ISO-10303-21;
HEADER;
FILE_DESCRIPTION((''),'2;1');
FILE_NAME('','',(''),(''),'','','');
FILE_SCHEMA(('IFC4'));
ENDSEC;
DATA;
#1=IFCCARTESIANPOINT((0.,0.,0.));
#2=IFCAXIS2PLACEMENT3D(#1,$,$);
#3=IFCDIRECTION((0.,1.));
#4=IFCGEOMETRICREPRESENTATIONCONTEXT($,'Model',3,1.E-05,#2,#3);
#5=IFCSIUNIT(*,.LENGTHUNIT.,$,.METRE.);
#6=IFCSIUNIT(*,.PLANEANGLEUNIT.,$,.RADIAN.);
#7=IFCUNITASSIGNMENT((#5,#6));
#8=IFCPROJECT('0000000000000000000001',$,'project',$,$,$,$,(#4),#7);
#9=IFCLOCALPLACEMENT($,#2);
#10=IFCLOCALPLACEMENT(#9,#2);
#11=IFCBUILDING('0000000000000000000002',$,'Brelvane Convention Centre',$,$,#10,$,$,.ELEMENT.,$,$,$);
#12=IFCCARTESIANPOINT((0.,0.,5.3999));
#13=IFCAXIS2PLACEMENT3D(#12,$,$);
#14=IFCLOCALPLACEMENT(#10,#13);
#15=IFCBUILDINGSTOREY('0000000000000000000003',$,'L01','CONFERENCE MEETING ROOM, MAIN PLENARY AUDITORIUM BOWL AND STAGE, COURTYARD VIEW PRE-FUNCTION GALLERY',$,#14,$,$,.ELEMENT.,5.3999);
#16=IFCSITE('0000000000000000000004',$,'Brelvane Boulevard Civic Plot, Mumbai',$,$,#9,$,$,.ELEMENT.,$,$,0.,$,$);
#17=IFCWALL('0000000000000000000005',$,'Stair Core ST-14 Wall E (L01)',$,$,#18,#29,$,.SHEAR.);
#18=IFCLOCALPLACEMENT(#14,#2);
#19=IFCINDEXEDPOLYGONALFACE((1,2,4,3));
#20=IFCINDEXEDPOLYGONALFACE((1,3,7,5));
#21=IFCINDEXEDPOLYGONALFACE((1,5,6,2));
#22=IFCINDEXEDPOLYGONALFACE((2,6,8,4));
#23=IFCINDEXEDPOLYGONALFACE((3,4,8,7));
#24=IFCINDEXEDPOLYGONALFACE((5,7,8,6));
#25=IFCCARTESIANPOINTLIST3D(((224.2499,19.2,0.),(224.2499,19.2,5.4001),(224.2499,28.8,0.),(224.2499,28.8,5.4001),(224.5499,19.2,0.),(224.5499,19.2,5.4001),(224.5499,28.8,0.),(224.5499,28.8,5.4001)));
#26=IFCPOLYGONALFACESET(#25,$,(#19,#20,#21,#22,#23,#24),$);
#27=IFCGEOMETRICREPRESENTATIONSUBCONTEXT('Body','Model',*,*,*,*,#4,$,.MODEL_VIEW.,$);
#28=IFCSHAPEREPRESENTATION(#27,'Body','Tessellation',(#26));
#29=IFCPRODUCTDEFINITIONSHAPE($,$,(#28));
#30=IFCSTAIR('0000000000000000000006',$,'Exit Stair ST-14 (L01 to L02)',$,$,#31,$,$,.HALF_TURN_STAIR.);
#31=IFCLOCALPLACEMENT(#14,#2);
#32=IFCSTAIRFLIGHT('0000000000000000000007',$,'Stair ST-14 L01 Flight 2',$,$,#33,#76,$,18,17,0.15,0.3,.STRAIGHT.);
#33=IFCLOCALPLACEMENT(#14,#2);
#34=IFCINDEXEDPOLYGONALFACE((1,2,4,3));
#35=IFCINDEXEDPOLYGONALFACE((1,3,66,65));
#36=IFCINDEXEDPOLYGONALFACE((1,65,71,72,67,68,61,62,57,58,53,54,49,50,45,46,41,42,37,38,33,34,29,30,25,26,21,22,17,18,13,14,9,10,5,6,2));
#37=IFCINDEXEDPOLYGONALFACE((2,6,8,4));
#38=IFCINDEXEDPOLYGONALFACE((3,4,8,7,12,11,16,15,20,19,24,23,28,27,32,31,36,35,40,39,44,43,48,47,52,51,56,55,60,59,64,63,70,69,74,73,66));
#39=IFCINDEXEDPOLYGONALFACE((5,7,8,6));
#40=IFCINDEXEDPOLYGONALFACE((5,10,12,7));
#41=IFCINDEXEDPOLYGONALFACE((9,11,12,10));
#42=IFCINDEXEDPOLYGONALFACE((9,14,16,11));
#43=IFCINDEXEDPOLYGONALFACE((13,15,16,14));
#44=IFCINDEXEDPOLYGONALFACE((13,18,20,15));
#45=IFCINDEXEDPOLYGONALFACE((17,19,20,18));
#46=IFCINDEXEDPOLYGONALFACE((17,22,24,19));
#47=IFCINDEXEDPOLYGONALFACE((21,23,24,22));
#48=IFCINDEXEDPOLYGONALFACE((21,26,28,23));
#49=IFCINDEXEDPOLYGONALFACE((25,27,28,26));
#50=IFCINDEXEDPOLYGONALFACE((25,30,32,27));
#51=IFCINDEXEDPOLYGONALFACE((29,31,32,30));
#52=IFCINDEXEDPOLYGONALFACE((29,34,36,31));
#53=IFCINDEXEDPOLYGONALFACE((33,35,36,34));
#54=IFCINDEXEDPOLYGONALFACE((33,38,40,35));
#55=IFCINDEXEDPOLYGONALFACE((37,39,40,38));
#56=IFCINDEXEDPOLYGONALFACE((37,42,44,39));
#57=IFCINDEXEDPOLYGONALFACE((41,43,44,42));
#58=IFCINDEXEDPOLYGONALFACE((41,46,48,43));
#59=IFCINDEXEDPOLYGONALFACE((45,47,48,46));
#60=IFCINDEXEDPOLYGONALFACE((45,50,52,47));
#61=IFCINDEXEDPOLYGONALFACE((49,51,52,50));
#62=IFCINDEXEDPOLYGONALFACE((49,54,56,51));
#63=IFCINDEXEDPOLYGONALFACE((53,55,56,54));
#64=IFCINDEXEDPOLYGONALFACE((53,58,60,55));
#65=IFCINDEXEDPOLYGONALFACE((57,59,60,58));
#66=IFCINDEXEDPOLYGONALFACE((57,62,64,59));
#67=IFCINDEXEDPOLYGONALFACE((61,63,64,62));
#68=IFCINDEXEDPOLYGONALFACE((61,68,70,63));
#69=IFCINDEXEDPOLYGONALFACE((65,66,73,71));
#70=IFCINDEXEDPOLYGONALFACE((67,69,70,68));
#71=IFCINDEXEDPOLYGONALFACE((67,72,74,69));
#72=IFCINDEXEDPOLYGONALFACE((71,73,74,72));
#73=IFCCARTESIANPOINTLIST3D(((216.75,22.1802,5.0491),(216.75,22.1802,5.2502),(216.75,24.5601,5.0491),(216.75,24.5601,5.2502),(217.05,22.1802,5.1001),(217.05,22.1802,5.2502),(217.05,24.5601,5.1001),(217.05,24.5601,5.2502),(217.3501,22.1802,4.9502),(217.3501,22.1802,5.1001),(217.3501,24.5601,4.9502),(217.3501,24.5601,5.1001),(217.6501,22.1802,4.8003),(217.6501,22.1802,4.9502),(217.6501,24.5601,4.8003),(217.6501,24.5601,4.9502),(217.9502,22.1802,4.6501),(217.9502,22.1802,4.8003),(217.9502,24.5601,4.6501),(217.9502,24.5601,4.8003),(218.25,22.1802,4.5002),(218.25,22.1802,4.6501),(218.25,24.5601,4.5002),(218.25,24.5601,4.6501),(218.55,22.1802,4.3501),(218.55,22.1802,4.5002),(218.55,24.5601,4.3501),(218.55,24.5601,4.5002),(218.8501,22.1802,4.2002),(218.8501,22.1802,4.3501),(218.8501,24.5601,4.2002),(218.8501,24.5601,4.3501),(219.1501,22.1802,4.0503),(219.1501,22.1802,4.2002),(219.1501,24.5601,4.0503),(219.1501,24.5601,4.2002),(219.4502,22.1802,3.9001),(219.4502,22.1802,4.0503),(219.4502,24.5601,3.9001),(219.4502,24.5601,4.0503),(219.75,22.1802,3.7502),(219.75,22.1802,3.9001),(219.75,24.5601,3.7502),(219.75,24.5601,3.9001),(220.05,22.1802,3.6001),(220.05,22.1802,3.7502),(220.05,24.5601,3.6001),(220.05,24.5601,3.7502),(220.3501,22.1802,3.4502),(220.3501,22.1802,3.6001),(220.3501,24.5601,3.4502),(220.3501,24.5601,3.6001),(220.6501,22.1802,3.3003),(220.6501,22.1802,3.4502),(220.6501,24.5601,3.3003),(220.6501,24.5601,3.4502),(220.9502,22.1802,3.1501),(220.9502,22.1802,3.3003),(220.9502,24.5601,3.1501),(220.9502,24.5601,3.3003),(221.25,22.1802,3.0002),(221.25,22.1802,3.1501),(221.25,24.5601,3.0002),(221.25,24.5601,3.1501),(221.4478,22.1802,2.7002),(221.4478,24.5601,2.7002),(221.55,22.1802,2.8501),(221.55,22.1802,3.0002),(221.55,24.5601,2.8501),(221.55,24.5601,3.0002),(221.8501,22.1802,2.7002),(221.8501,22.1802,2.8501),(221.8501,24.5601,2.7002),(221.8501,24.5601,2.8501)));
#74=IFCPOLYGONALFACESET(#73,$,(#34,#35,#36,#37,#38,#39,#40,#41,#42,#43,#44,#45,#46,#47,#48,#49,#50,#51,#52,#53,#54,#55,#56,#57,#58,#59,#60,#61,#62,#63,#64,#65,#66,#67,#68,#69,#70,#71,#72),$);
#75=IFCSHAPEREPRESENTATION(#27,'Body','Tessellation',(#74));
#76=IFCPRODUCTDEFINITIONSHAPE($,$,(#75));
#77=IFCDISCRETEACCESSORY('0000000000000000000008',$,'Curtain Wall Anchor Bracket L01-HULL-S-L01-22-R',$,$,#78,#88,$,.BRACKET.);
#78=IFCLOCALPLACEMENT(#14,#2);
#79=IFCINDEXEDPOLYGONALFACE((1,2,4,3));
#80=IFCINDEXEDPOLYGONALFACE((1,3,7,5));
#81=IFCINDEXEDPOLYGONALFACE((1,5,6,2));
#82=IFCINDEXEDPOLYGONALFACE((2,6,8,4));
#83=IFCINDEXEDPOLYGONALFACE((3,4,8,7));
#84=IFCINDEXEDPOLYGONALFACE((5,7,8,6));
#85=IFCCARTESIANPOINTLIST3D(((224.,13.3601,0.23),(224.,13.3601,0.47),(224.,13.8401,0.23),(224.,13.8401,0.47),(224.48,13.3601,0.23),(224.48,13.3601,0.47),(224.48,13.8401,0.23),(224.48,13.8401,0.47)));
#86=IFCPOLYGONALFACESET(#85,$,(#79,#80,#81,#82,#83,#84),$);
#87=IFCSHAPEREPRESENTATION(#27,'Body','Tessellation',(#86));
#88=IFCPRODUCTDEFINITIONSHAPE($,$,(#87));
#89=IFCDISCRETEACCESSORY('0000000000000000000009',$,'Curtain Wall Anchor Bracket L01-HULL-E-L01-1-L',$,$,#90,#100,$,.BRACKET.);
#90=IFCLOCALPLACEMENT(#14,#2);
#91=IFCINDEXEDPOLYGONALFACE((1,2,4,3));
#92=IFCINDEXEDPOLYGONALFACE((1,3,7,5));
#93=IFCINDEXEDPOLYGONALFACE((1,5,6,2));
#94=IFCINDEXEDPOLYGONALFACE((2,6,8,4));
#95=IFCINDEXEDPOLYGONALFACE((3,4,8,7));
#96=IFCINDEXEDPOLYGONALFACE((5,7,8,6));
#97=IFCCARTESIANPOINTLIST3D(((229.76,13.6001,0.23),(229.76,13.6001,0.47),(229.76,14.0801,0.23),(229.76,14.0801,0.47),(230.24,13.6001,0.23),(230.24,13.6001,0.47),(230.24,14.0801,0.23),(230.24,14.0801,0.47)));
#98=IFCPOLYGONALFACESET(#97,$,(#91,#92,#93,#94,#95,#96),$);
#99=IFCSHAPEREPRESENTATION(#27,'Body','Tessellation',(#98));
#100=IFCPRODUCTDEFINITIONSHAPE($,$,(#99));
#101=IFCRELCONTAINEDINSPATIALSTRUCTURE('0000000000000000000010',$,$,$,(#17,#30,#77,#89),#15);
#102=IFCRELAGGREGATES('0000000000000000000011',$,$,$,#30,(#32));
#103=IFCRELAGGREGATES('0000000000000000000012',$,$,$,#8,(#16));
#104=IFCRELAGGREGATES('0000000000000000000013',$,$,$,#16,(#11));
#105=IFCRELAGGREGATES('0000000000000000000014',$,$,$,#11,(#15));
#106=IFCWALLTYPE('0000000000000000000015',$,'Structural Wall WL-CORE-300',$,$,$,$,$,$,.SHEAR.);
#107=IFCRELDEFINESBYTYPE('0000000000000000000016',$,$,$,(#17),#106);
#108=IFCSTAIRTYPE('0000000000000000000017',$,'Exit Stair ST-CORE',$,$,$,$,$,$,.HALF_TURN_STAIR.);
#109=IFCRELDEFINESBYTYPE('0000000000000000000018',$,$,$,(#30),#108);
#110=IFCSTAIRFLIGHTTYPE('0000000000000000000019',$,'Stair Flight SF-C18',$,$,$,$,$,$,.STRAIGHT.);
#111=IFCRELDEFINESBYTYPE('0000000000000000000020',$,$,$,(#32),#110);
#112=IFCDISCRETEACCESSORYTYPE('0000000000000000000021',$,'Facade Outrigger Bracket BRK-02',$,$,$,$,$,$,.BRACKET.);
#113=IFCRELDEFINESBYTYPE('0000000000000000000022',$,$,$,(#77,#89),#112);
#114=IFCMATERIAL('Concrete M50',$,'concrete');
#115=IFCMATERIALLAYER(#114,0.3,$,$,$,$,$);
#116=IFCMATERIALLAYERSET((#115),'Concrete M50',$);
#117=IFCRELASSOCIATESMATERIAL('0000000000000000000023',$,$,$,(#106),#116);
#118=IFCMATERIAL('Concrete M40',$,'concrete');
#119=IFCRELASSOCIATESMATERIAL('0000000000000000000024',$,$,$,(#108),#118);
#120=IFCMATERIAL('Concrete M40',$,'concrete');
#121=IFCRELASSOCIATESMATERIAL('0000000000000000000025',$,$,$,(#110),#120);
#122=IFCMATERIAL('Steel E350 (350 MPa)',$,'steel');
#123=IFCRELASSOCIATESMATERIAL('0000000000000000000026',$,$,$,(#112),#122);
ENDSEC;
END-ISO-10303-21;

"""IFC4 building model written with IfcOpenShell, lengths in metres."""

from ifc_helpers import new_model, si_unit, direction, frame, frame_2d, origin, origin_2d, place, context, subcontext, project, spatial, polyline, rectangle, outline, extrude, material, layer, layer_set, type_object, element, aggregate, save


model = new_model("IFC4")

# Units and contexts
model_context = context("Model", 3, precision=1e-05, world=origin(), true_north=direction((0.0, 1.0)))
body_context = subcontext(model_context, "Body", "Model", "MODEL_VIEW")
ifc_project = project(units=[si_unit("LENGTHUNIT", "METRE"), si_unit("PLANEANGLEUNIT", "RADIAN")], contexts=[model_context])

# Site, building, storey
site_placement = place(None, origin())
site = spatial("IfcSite", under=ifc_project, at=site_placement, Name="Brelvane Boulevard Civic Plot, Mumbai", CompositionType="ELEMENT", RefElevation=0.0)
building_placement = place(site_placement, origin())
building = spatial("IfcBuilding", under=site, at=building_placement, Name="Brelvane Convention Centre", CompositionType="ELEMENT")
storey_placement = place(building_placement, frame((0.0, 0.0, 5.3999)))
storey = spatial("IfcBuildingStorey", under=building, at=storey_placement, Name="L01", Description="CONFERENCE MEETING ROOM, MAIN PLENARY AUDITORIUM BOWL AND STAGE, COURTYARD VIEW PRE-FUNCTION GALLERY", CompositionType="ELEMENT", Elevation=5.3999)

# Wall
ifc_material_1 = material(Name="Concrete M50", Category="concrete")
ifc_layer_1 = layer(ifc_material_1, 0.3)
ifc_layer_set_1 = layer_set([ifc_layer_1], Name="Concrete M50")
wall_type = type_object("IfcWallType", Name="Structural Wall WL-CORE-300", PredefinedType="SHEAR", material=ifc_layer_set_1)
wall_placement = place(storey_placement, frame((224.3999, 19.2, 0.0), z_axis=(0.0, 0.0, 1.0), x_axis=(0.0, 1.0, 0.0)))
element("IfcWall", 1, at=wall_placement, inside=storey, type_object=wall_type, Name="Stair Core ST-14 Wall E (L01)", PredefinedType="SHEAR", context=body_context, shape_type="SweptSolid", body=[
    extrude(rectangle(XDim=9.6001, YDim=0.3, at=frame_2d((4.8, 0.0))), origin(), (0.0, 0.0, 1.0), 5.4001),
])

# Stair, stair flight
ifc_material_2 = material(Name="Concrete M40", Category="concrete")
stair_type = type_object("IfcStairType", Name="Exit Stair ST-CORE", PredefinedType="HALF_TURN_STAIR", material=ifc_material_2)
stair_placement = place(storey_placement, origin())
stair = element("IfcStair", 2, at=stair_placement, inside=storey, type_object=stair_type, Name="Exit Stair ST-14 (L01 to L02)", PredefinedType="HALF_TURN_STAIR")
ifc_material_3 = material(Name="Concrete M40", Category="concrete")
stair_flight_type = type_object("IfcStairFlightType", Name="Stair Flight SF-C18", PredefinedType="STRAIGHT", material=ifc_material_3)
stair_flight_placement = place(storey_placement, frame((221.8501, 23.3701, 2.7002), z_axis=(0.0, 0.0, 1.0), x_axis=(-1.0, 0.0, 0.0)))
stair_flight = element("IfcStairFlight", 3, at=stair_flight_placement, type_object=stair_flight_type, Name="Stair ST-14 L01 Flight 2", NumberOfRisers=18, NumberOfTreads=17, PredefinedType="STRAIGHT", RiserHeight=0.15, TreadLength=0.3, context=body_context, shape_type="SweptSolid", body=[
    extrude(outline(polyline([(0.0, 0.0), (0.0, 0.1499), (0.3, 0.1499), (0.3, 0.3), (0.6001, 0.3), (0.6001, 0.45), (0.8999, 0.45), (0.8999, 0.6001), (1.2, 0.6001), (1.2, 0.75), (1.5, 0.75), (1.5, 0.8999), (1.8, 0.8999), (1.8, 1.05), (2.1001, 1.05), (2.1001, 1.2), (2.3999, 1.2), (2.3999, 1.3501), (2.7, 1.3501), (2.7, 1.5), (3.0, 1.5), (3.0, 1.6499), (3.3, 1.6499), (3.3, 1.8), (3.6001, 1.8), (3.6001, 1.95), (3.8999, 1.95), (3.8999, 2.1001), (4.2, 2.1001), (4.2, 2.25), (4.5, 2.25), (4.5, 2.3999), (4.8, 2.3999), (4.8, 2.55), (5.1001, 2.55), (5.1001, 2.7), (5.1001, 2.3489), (0.4023, 0.0), (0.0, 0.0)])), frame((0.0, 1.1899, 0.0), z_axis=(0.0, -1.0, 0.0), x_axis=(1.0, 0.0, 0.0)), (0.0, 0.0, 1.0), 2.3799),
])
aggregate(stair, [stair_flight])

# Discrete accessories
ifc_material_4 = material(Name="Steel E350 (350 MPa)", Category="steel")
discrete_accessory_type = type_object("IfcDiscreteAccessoryType", Name="Facade Outrigger Bracket BRK-02", PredefinedType="BRACKET", material=ifc_material_4)
for number, where, z_axis, x_axis, name in (
    (4, (224.24, 13.6001, 0.23), (0.0, 0.0, 1.0), (1.0, 0.0, 0.0), "Curtain Wall Anchor Bracket L01-HULL-S-L01-22-R"),
    (5, (230.0, 13.8401, 0.23), (0.0, 0.0, 1.0), (1.0, 0.0, 0.0), "Curtain Wall Anchor Bracket L01-HULL-E-L01-1-L"),
):
    element("IfcDiscreteAccessory", number, at=place(storey_placement, frame(where, z_axis=z_axis, x_axis=x_axis)), inside=storey, type_object=discrete_accessory_type, Name=name, PredefinedType="BRACKET", context=body_context, shape_type="SweptSolid", body=[
        extrude(rectangle(XDim=0.48, YDim=0.48, at=origin_2d()), origin(), (0.0, 0.0, 1.0), 0.24),
    ])

save(model, "model.ifc")
